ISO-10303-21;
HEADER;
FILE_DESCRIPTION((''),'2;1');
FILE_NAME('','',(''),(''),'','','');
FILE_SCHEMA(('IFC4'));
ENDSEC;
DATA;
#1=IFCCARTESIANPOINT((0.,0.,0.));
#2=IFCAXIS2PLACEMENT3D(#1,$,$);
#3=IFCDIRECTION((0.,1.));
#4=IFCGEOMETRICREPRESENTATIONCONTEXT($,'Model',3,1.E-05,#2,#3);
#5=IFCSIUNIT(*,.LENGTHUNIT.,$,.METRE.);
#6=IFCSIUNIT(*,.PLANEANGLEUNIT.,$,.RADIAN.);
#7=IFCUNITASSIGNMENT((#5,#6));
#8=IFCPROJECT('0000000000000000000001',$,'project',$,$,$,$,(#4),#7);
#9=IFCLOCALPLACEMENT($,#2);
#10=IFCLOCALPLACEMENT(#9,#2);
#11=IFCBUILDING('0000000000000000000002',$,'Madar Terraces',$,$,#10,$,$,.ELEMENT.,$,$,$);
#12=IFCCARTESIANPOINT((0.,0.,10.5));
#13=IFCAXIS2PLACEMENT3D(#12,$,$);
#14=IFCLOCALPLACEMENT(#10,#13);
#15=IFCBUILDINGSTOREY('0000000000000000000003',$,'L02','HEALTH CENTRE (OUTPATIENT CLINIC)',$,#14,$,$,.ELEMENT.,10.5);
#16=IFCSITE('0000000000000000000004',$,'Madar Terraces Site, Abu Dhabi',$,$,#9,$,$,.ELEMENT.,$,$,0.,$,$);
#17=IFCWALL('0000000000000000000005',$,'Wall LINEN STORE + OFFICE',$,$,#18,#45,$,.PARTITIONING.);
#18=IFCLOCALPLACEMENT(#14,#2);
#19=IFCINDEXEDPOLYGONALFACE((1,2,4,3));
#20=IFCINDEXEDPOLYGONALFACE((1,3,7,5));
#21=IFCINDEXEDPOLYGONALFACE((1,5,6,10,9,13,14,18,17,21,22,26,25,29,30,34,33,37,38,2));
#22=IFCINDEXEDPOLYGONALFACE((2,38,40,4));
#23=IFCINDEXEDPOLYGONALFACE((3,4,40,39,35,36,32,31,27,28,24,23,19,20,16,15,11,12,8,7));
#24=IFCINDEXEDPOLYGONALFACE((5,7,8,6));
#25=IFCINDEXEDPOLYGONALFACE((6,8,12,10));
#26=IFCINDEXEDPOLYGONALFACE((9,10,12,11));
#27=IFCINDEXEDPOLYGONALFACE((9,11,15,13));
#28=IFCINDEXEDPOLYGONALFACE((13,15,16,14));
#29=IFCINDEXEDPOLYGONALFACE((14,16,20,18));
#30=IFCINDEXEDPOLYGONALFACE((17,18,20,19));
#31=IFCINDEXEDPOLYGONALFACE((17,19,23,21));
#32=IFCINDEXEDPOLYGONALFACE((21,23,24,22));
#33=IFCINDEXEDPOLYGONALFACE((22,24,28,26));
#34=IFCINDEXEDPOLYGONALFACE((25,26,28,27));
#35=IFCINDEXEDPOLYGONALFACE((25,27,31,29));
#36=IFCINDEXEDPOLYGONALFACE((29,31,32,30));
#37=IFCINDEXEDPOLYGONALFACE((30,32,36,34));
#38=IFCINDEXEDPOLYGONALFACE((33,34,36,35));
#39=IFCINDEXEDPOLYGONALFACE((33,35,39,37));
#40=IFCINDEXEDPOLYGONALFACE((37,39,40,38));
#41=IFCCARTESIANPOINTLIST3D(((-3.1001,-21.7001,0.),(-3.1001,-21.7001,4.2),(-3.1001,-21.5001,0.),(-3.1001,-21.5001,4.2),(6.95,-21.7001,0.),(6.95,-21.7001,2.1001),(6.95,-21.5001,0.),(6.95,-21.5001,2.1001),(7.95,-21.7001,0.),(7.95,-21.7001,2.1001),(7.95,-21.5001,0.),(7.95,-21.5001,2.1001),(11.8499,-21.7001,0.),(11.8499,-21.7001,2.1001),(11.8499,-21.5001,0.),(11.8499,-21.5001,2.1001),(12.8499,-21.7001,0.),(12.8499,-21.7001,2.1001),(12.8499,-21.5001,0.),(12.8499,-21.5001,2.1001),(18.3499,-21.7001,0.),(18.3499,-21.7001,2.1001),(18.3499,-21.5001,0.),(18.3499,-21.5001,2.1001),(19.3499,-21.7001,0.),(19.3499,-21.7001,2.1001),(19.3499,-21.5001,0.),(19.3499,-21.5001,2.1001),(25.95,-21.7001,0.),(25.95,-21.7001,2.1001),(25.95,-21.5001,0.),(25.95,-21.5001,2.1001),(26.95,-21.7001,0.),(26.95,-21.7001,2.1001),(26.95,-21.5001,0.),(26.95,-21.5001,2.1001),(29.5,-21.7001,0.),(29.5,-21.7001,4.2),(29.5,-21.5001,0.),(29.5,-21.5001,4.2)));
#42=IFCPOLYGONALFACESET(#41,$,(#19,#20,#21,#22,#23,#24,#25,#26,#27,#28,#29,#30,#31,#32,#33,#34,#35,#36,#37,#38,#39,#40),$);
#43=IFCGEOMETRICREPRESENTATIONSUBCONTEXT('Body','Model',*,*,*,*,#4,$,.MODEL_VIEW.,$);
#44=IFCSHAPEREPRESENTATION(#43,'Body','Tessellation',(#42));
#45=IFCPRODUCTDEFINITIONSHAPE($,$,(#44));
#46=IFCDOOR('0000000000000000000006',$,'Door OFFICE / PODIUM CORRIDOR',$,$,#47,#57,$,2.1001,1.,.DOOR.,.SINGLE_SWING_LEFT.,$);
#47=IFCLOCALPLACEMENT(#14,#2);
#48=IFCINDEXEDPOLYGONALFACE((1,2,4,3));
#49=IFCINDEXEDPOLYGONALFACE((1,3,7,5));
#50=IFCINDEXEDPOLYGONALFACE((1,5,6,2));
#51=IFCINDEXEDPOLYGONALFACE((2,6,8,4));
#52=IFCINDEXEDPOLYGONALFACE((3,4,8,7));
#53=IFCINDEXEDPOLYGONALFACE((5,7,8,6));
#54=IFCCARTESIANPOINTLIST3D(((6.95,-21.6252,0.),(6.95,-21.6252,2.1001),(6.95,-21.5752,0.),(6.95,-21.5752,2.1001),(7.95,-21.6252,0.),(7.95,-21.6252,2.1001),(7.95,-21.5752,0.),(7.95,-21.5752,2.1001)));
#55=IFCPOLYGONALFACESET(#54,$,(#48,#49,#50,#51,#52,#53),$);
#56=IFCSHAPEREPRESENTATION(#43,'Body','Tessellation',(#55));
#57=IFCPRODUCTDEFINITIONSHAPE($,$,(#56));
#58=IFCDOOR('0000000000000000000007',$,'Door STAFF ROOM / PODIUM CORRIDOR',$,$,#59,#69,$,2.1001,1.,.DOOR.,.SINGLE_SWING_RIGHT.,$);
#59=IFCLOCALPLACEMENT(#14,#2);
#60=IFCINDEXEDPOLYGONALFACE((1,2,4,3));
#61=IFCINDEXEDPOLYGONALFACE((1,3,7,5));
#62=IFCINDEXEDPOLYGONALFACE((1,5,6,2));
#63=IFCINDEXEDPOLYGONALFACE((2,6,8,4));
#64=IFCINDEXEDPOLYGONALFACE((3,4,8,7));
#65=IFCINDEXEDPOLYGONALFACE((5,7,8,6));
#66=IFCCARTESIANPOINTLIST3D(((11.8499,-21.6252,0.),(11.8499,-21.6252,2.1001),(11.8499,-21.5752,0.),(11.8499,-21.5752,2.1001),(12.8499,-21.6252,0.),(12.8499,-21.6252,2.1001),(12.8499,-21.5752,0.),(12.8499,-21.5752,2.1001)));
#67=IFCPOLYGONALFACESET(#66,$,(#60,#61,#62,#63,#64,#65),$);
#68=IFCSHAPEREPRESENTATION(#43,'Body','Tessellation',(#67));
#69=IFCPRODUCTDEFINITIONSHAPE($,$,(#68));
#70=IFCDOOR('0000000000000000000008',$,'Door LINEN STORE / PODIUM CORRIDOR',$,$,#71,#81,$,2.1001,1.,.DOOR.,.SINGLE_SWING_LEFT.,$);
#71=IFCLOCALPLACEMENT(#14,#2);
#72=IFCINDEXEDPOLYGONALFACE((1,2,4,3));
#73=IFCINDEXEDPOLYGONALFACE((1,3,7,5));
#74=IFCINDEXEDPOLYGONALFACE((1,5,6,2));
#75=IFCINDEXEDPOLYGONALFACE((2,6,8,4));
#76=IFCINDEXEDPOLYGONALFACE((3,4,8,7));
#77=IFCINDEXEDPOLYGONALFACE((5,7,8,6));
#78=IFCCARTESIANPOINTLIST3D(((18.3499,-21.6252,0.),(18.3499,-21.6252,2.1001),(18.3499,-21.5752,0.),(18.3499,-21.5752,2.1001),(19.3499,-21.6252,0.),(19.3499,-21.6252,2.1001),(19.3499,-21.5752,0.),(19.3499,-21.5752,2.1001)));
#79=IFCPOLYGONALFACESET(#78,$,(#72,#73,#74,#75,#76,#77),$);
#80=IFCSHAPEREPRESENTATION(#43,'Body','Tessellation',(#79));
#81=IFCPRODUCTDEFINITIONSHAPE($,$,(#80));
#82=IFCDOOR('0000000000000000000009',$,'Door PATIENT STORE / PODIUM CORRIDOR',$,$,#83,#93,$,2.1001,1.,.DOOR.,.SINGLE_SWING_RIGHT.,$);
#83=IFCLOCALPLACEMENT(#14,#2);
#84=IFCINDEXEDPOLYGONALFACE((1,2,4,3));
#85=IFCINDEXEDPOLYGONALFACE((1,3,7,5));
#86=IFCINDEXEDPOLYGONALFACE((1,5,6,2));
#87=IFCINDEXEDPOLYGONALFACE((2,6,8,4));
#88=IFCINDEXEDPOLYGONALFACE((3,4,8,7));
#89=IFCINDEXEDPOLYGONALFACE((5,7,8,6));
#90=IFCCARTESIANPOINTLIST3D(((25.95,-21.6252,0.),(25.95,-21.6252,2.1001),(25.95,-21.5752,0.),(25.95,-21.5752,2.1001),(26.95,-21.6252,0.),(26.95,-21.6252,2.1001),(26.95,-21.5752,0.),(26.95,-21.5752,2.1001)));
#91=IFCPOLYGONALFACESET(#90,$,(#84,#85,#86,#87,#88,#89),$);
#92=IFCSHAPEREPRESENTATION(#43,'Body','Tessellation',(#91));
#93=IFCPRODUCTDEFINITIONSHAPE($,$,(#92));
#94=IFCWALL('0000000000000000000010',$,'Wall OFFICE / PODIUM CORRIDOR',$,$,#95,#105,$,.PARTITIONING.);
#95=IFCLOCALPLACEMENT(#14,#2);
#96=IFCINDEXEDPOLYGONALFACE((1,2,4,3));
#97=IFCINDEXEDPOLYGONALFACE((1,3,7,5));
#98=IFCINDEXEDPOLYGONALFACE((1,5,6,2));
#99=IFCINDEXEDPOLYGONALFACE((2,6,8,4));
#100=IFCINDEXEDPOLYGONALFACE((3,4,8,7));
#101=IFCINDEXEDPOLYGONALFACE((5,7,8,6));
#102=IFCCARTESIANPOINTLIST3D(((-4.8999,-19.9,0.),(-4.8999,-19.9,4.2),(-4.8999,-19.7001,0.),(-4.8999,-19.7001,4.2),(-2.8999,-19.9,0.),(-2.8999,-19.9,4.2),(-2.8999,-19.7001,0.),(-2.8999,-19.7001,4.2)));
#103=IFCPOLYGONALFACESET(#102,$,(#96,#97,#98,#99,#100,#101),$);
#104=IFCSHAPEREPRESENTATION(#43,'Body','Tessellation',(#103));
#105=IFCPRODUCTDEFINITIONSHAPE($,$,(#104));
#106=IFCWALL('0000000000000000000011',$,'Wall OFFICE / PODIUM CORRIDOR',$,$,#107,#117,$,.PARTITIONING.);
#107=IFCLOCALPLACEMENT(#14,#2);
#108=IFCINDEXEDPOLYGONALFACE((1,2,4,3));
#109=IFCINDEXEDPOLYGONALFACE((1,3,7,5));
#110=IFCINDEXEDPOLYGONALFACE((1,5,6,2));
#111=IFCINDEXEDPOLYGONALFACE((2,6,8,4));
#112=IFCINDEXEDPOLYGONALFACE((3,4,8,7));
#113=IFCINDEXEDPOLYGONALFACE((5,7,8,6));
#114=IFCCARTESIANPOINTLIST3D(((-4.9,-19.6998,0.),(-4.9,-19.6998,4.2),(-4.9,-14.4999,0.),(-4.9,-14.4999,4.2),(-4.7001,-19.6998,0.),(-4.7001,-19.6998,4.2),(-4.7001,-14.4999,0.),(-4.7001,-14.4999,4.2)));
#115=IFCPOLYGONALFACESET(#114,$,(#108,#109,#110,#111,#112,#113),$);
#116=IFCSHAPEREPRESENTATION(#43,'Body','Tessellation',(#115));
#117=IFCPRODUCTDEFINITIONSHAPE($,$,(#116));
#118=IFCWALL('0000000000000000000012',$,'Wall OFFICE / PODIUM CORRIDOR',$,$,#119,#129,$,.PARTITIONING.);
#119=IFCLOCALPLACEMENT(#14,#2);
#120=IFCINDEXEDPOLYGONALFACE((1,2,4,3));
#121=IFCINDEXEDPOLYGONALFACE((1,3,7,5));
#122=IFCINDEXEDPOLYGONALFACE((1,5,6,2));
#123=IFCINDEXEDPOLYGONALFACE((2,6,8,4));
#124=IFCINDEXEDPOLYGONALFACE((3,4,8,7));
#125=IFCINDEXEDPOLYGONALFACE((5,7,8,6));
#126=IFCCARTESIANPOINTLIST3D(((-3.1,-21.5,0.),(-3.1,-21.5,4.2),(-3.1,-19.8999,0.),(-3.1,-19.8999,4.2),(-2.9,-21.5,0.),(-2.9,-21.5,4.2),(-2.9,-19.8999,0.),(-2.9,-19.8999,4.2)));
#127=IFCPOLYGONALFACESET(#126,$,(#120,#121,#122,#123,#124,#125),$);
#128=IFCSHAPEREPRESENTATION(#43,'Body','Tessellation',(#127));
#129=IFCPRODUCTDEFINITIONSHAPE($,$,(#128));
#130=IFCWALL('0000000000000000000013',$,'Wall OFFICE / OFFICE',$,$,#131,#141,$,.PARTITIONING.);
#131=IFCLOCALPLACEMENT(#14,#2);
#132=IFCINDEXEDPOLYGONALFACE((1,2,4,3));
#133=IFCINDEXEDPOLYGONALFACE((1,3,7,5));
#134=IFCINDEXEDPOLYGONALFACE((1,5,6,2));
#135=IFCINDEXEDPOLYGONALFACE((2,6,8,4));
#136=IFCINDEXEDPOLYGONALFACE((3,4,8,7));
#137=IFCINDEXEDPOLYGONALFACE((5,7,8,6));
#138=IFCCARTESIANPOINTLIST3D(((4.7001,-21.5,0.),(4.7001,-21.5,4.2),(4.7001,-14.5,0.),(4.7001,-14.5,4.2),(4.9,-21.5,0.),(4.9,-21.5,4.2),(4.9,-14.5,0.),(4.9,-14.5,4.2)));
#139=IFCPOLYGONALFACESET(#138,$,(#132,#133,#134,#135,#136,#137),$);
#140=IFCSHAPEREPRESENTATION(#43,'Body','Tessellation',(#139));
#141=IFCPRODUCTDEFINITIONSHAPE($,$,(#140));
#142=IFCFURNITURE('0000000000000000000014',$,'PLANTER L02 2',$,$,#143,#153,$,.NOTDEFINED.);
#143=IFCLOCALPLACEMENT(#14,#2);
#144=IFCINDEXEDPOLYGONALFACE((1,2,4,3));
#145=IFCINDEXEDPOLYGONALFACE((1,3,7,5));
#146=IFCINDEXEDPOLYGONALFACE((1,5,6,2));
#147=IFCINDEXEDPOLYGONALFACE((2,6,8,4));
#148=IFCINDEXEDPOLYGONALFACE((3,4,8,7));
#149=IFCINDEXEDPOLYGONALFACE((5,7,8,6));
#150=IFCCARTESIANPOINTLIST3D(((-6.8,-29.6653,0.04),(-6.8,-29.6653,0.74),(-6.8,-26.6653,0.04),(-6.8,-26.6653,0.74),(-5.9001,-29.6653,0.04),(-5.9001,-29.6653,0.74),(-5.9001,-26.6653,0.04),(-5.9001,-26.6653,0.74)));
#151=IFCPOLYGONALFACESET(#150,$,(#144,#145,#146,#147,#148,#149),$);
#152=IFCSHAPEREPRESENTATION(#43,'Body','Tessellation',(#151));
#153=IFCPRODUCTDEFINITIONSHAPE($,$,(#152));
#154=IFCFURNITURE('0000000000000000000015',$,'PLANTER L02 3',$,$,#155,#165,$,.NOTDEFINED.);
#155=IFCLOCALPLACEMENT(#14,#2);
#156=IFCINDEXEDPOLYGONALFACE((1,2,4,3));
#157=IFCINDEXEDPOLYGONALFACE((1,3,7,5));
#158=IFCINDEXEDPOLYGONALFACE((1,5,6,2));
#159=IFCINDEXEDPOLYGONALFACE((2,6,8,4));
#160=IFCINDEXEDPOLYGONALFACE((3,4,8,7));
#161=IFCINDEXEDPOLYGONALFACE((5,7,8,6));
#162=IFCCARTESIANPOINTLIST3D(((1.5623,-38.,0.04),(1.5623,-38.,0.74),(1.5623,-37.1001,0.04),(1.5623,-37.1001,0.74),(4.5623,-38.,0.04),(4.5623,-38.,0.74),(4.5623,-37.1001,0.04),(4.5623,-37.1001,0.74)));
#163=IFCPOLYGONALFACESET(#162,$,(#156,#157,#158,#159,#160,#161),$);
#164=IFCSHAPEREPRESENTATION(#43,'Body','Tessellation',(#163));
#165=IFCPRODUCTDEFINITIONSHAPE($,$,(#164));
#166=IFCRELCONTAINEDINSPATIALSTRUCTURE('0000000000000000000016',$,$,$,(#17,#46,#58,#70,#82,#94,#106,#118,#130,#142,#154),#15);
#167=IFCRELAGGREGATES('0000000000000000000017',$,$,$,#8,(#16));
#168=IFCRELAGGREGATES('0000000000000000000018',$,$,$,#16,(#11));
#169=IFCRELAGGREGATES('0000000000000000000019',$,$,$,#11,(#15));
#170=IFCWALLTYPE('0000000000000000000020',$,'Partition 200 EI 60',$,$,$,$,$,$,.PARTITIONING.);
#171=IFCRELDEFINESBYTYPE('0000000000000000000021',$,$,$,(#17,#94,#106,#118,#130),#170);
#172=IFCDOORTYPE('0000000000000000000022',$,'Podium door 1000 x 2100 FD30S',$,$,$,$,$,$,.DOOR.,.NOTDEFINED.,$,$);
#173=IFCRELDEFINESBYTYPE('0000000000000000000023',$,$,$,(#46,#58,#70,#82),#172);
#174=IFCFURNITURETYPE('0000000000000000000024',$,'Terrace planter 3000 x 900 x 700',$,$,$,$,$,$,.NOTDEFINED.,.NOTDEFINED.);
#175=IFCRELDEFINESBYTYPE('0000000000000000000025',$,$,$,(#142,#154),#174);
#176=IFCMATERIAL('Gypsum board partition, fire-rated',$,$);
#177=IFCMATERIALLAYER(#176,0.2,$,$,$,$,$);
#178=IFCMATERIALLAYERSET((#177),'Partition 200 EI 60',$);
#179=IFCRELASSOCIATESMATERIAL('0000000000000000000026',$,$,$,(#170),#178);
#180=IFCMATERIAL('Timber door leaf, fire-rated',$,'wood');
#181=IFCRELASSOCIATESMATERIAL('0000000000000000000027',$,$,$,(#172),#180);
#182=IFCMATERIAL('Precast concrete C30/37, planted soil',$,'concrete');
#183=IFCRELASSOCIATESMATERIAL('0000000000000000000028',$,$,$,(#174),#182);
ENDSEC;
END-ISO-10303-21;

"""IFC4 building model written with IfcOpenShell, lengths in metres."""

from ifc_helpers import new_model, si_unit, direction, frame, frame_2d, origin, origin_2d, place, context, subcontext, project, spatial, rectangle, extrude, material, layer, layer_set, type_object, element, fill, save


model = new_model("IFC4")

# Units and contexts
model_context = context("Model", 3, precision=1e-05, world=origin(), true_north=direction((0.0, 1.0)))
body_context = subcontext(model_context, "Body", "Model", "MODEL_VIEW")
ifc_project = project(units=[si_unit("LENGTHUNIT", "METRE"), si_unit("PLANEANGLEUNIT", "RADIAN")], contexts=[model_context])

# Site, building, storey
site_placement = place(None, origin())
site = spatial("IfcSite", under=ifc_project, at=site_placement, Name="Madar Terraces Site, Abu Dhabi", CompositionType="ELEMENT", RefElevation=0.0)
building_placement = place(site_placement, origin())
building = spatial("IfcBuilding", under=site, at=building_placement, Name="Madar Terraces", CompositionType="ELEMENT")
storey_placement = place(building_placement, frame((0.0, 0.0, 10.5)))
storey = spatial("IfcBuildingStorey", under=building, at=storey_placement, Name="L02", Description="HEALTH CENTRE (OUTPATIENT CLINIC)", CompositionType="ELEMENT", Elevation=10.5)

# Wall, openings, doors
ifc_material_1 = material(Name="Gypsum board partition, fire-rated")
ifc_layer_1 = layer(ifc_material_1, 0.2)
ifc_layer_set_1 = layer_set([ifc_layer_1], Name="Partition 200 EI 60")
wall_type_1 = type_object("IfcWallType", Name="Partition 200 EI 60", PredefinedType="PARTITIONING", material=ifc_layer_set_1)
wall_1_placement = place(storey_placement, frame((-3.1001, -21.6001, 0.0), z_axis=(0.0, 0.0, 1.0), x_axis=(1.0, 0.0, 0.0)))
wall_1 = element("IfcWall", 1, at=wall_1_placement, inside=storey, type_object=wall_type_1, Name="Wall LINEN STORE + OFFICE", PredefinedType="PARTITIONING", context=body_context, shape_type="SweptSolid", body=[
    extrude(rectangle(XDim=32.6001, YDim=0.2, at=frame_2d((16.3, 0.0))), origin(), (0.0, 0.0, 1.0), 4.2),
])
opening_1_placement = place(wall_1_placement, frame((10.05, 0.0, 0.0)))
opening_1 = element("IfcOpeningElement", 2, at=opening_1_placement, cuts=wall_1, PredefinedType="OPENING", context=body_context, shape_type="SweptSolid", body=[
    extrude(rectangle(XDim=1.0, YDim=2.1001, at=frame_2d((0.5, 1.05))), frame((0.0, 0.1099, 0.0), z_axis=(0.0, -1.0, 0.0), x_axis=(1.0, 0.0, 0.0)), (0.0, 0.0, 1.0), 0.22),
])
opening_2_placement = place(wall_1_placement, frame((14.95, 0.0, 0.0)))
opening_2 = element("IfcOpeningElement", 3, at=opening_2_placement, cuts=wall_1, PredefinedType="OPENING", context=body_context, shape_type="SweptSolid", body=[
    extrude(rectangle(XDim=1.0, YDim=2.1001, at=frame_2d((0.5, 1.05))), frame((0.0, 0.1099, 0.0), z_axis=(0.0, -1.0, 0.0), x_axis=(1.0, 0.0, 0.0)), (0.0, 0.0, 1.0), 0.22),
])
opening_3_placement = place(wall_1_placement, frame((21.45, 0.0, 0.0)))
opening_3 = element("IfcOpeningElement", 4, at=opening_3_placement, cuts=wall_1, PredefinedType="OPENING", context=body_context, shape_type="SweptSolid", body=[
    extrude(rectangle(XDim=1.0, YDim=2.1001, at=frame_2d((0.5, 1.05))), frame((0.0, 0.1099, 0.0), z_axis=(0.0, -1.0, 0.0), x_axis=(1.0, 0.0, 0.0)), (0.0, 0.0, 1.0), 0.22),
])
opening_4_placement = place(wall_1_placement, frame((29.05, 0.0, 0.0)))
opening_4 = element("IfcOpeningElement", 5, at=opening_4_placement, cuts=wall_1, PredefinedType="OPENING", context=body_context, shape_type="SweptSolid", body=[
    extrude(rectangle(XDim=1.0, YDim=2.1001, at=frame_2d((0.5, 1.05))), frame((0.0, 0.1099, 0.0), z_axis=(0.0, -1.0, 0.0), x_axis=(1.0, 0.0, 0.0)), (0.0, 0.0, 1.0), 0.22),
])
ifc_material_2 = material(Name="Timber door leaf, fire-rated", Category="wood")
door_type_1 = type_object("IfcDoorType", Name="Podium door 1000 x 2100 FD30S", OperationType="NOTDEFINED", PredefinedType="DOOR", material=ifc_material_2)
door_1_placement = place(opening_1_placement, origin())
door_1 = element("IfcDoor", 6, at=door_1_placement, inside=storey, type_object=door_type_1, Name="Door OFFICE / PODIUM CORRIDOR", OperationType="SINGLE_SWING_LEFT", OverallHeight=2.1001, OverallWidth=1.0, PredefinedType="DOOR", context=body_context, shape_type="SweptSolid", body=[
    extrude(rectangle(XDim=1.0, YDim=2.1001, at=frame_2d((0.5, 1.05))), frame((0.0, 0.0249, 0.0), z_axis=(0.0, -1.0, 0.0), x_axis=(1.0, 0.0, 0.0)), (0.0, 0.0, 1.0), 0.05),
])
fill(opening_1, door_1)
door_2_placement = place(opening_2_placement, origin())
door_2 = element("IfcDoor", 7, at=door_2_placement, inside=storey, type_object=door_type_1, Name="Door STAFF ROOM / PODIUM CORRIDOR", OperationType="SINGLE_SWING_RIGHT", OverallHeight=2.1001, OverallWidth=1.0, PredefinedType="DOOR", context=body_context, shape_type="SweptSolid", body=[
    extrude(rectangle(XDim=1.0, YDim=2.1001, at=frame_2d((0.5, 1.05))), frame((0.0, 0.0249, 0.0), z_axis=(0.0, -1.0, 0.0), x_axis=(1.0, 0.0, 0.0)), (0.0, 0.0, 1.0), 0.05),
])
fill(opening_2, door_2)
door_3_placement = place(opening_3_placement, origin())
door_3 = element("IfcDoor", 8, at=door_3_placement, inside=storey, type_object=door_type_1, Name="Door LINEN STORE / PODIUM CORRIDOR", OperationType="SINGLE_SWING_LEFT", OverallHeight=2.1001, OverallWidth=1.0, PredefinedType="DOOR", context=body_context, shape_type="SweptSolid", body=[
    extrude(rectangle(XDim=1.0, YDim=2.1001, at=frame_2d((0.5, 1.05))), frame((0.0, 0.0249, 0.0), z_axis=(0.0, -1.0, 0.0), x_axis=(1.0, 0.0, 0.0)), (0.0, 0.0, 1.0), 0.05),
])
fill(opening_3, door_3)
door_4_placement = place(opening_4_placement, origin())
door_4 = element("IfcDoor", 9, at=door_4_placement, inside=storey, type_object=door_type_1, Name="Door PATIENT STORE / PODIUM CORRIDOR", OperationType="SINGLE_SWING_RIGHT", OverallHeight=2.1001, OverallWidth=1.0, PredefinedType="DOOR", context=body_context, shape_type="SweptSolid", body=[
    extrude(rectangle(XDim=1.0, YDim=2.1001, at=frame_2d((0.5, 1.05))), frame((0.0, 0.0249, 0.0), z_axis=(0.0, -1.0, 0.0), x_axis=(1.0, 0.0, 0.0)), (0.0, 0.0, 1.0), 0.05),
])
fill(opening_4, door_4)

# Walls
wall_2_placement = place(storey_placement, frame((-4.8999, -19.8, 0.0), z_axis=(0.0, 0.0, 1.0), x_axis=(1.0, 0.0, 0.0)))
element("IfcWall", 10, at=wall_2_placement, inside=storey, type_object=wall_type_1, Name="Wall OFFICE / PODIUM CORRIDOR", PredefinedType="PARTITIONING", context=body_context, shape_type="SweptSolid", body=[
    extrude(rectangle(XDim=2.0, YDim=0.2, at=frame_2d((1.0, 0.0))), origin(), (0.0, 0.0, 1.0), 4.2),
])
wall_3_placement = place(storey_placement, frame((-4.8, -19.7, 0.0), z_axis=(0.0, 0.0, 1.0), x_axis=(0.0, 1.0, 0.0)))
element("IfcWall", 11, at=wall_3_placement, inside=storey, type_object=wall_type_1, Name="Wall OFFICE / PODIUM CORRIDOR", PredefinedType="PARTITIONING", context=body_context, shape_type="SweptSolid", body=[
    extrude(rectangle(XDim=5.2, YDim=0.2, at=frame_2d((2.6001, 0.0))), origin(), (0.0, 0.0, 1.0), 4.2),
])
wall_4_placement = place(storey_placement, frame((-3.0, -21.5, 0.0), z_axis=(0.0, 0.0, 1.0), x_axis=(0.0, 1.0, 0.0)))
element("IfcWall", 12, at=wall_4_placement, inside=storey, type_object=wall_type_1, Name="Wall OFFICE / PODIUM CORRIDOR", PredefinedType="PARTITIONING", context=body_context, shape_type="SweptSolid", body=[
    extrude(rectangle(XDim=1.6001, YDim=0.2, at=frame_2d((0.8, 0.0))), origin(), (0.0, 0.0, 1.0), 4.2),
])
wall_5_placement = place(storey_placement, frame((4.8, -21.5, 0.0), z_axis=(0.0, 0.0, 1.0), x_axis=(0.0, 1.0, 0.0)))
element("IfcWall", 13, at=wall_5_placement, inside=storey, type_object=wall_type_1, Name="Wall OFFICE / OFFICE", PredefinedType="PARTITIONING", context=body_context, shape_type="SweptSolid", body=[
    extrude(rectangle(XDim=7.0, YDim=0.2, at=frame_2d((3.5, 0.0))), origin(), (0.0, 0.0, 1.0), 4.2),
])

# Furniture
ifc_material_3 = material(Name="Precast concrete C30/37, planted soil", Category="concrete")
furniture_type = type_object("IfcFurnitureType", Name="Terrace planter 3000 x 900 x 700", AssemblyPlace="NOTDEFINED", PredefinedType="NOTDEFINED", material=ifc_material_3)
for number, where, z_axis, x_axis, name in (
    (14, (-6.3501, -28.1653, 0.04), (0.0, 0.0, 1.0), (0.0, -1.0, 0.0), "PLANTER L02 2"),
    (15, (3.0623, -37.55, 0.04), (0.0, 0.0, 1.0), (1.0, 0.0, 0.0), "PLANTER L02 3"),
):
    element("IfcFurniture", number, at=place(storey_placement, frame(where, z_axis=z_axis, x_axis=x_axis)), inside=storey, type_object=furniture_type, Name=name, PredefinedType="NOTDEFINED", context=body_context, shape_type="SweptSolid", body=[
        extrude(rectangle(XDim=3.0, YDim=0.8999, at=origin_2d()), origin(), (0.0, 0.0, 1.0), 0.7),
    ])

save(model, "model.ifc")
